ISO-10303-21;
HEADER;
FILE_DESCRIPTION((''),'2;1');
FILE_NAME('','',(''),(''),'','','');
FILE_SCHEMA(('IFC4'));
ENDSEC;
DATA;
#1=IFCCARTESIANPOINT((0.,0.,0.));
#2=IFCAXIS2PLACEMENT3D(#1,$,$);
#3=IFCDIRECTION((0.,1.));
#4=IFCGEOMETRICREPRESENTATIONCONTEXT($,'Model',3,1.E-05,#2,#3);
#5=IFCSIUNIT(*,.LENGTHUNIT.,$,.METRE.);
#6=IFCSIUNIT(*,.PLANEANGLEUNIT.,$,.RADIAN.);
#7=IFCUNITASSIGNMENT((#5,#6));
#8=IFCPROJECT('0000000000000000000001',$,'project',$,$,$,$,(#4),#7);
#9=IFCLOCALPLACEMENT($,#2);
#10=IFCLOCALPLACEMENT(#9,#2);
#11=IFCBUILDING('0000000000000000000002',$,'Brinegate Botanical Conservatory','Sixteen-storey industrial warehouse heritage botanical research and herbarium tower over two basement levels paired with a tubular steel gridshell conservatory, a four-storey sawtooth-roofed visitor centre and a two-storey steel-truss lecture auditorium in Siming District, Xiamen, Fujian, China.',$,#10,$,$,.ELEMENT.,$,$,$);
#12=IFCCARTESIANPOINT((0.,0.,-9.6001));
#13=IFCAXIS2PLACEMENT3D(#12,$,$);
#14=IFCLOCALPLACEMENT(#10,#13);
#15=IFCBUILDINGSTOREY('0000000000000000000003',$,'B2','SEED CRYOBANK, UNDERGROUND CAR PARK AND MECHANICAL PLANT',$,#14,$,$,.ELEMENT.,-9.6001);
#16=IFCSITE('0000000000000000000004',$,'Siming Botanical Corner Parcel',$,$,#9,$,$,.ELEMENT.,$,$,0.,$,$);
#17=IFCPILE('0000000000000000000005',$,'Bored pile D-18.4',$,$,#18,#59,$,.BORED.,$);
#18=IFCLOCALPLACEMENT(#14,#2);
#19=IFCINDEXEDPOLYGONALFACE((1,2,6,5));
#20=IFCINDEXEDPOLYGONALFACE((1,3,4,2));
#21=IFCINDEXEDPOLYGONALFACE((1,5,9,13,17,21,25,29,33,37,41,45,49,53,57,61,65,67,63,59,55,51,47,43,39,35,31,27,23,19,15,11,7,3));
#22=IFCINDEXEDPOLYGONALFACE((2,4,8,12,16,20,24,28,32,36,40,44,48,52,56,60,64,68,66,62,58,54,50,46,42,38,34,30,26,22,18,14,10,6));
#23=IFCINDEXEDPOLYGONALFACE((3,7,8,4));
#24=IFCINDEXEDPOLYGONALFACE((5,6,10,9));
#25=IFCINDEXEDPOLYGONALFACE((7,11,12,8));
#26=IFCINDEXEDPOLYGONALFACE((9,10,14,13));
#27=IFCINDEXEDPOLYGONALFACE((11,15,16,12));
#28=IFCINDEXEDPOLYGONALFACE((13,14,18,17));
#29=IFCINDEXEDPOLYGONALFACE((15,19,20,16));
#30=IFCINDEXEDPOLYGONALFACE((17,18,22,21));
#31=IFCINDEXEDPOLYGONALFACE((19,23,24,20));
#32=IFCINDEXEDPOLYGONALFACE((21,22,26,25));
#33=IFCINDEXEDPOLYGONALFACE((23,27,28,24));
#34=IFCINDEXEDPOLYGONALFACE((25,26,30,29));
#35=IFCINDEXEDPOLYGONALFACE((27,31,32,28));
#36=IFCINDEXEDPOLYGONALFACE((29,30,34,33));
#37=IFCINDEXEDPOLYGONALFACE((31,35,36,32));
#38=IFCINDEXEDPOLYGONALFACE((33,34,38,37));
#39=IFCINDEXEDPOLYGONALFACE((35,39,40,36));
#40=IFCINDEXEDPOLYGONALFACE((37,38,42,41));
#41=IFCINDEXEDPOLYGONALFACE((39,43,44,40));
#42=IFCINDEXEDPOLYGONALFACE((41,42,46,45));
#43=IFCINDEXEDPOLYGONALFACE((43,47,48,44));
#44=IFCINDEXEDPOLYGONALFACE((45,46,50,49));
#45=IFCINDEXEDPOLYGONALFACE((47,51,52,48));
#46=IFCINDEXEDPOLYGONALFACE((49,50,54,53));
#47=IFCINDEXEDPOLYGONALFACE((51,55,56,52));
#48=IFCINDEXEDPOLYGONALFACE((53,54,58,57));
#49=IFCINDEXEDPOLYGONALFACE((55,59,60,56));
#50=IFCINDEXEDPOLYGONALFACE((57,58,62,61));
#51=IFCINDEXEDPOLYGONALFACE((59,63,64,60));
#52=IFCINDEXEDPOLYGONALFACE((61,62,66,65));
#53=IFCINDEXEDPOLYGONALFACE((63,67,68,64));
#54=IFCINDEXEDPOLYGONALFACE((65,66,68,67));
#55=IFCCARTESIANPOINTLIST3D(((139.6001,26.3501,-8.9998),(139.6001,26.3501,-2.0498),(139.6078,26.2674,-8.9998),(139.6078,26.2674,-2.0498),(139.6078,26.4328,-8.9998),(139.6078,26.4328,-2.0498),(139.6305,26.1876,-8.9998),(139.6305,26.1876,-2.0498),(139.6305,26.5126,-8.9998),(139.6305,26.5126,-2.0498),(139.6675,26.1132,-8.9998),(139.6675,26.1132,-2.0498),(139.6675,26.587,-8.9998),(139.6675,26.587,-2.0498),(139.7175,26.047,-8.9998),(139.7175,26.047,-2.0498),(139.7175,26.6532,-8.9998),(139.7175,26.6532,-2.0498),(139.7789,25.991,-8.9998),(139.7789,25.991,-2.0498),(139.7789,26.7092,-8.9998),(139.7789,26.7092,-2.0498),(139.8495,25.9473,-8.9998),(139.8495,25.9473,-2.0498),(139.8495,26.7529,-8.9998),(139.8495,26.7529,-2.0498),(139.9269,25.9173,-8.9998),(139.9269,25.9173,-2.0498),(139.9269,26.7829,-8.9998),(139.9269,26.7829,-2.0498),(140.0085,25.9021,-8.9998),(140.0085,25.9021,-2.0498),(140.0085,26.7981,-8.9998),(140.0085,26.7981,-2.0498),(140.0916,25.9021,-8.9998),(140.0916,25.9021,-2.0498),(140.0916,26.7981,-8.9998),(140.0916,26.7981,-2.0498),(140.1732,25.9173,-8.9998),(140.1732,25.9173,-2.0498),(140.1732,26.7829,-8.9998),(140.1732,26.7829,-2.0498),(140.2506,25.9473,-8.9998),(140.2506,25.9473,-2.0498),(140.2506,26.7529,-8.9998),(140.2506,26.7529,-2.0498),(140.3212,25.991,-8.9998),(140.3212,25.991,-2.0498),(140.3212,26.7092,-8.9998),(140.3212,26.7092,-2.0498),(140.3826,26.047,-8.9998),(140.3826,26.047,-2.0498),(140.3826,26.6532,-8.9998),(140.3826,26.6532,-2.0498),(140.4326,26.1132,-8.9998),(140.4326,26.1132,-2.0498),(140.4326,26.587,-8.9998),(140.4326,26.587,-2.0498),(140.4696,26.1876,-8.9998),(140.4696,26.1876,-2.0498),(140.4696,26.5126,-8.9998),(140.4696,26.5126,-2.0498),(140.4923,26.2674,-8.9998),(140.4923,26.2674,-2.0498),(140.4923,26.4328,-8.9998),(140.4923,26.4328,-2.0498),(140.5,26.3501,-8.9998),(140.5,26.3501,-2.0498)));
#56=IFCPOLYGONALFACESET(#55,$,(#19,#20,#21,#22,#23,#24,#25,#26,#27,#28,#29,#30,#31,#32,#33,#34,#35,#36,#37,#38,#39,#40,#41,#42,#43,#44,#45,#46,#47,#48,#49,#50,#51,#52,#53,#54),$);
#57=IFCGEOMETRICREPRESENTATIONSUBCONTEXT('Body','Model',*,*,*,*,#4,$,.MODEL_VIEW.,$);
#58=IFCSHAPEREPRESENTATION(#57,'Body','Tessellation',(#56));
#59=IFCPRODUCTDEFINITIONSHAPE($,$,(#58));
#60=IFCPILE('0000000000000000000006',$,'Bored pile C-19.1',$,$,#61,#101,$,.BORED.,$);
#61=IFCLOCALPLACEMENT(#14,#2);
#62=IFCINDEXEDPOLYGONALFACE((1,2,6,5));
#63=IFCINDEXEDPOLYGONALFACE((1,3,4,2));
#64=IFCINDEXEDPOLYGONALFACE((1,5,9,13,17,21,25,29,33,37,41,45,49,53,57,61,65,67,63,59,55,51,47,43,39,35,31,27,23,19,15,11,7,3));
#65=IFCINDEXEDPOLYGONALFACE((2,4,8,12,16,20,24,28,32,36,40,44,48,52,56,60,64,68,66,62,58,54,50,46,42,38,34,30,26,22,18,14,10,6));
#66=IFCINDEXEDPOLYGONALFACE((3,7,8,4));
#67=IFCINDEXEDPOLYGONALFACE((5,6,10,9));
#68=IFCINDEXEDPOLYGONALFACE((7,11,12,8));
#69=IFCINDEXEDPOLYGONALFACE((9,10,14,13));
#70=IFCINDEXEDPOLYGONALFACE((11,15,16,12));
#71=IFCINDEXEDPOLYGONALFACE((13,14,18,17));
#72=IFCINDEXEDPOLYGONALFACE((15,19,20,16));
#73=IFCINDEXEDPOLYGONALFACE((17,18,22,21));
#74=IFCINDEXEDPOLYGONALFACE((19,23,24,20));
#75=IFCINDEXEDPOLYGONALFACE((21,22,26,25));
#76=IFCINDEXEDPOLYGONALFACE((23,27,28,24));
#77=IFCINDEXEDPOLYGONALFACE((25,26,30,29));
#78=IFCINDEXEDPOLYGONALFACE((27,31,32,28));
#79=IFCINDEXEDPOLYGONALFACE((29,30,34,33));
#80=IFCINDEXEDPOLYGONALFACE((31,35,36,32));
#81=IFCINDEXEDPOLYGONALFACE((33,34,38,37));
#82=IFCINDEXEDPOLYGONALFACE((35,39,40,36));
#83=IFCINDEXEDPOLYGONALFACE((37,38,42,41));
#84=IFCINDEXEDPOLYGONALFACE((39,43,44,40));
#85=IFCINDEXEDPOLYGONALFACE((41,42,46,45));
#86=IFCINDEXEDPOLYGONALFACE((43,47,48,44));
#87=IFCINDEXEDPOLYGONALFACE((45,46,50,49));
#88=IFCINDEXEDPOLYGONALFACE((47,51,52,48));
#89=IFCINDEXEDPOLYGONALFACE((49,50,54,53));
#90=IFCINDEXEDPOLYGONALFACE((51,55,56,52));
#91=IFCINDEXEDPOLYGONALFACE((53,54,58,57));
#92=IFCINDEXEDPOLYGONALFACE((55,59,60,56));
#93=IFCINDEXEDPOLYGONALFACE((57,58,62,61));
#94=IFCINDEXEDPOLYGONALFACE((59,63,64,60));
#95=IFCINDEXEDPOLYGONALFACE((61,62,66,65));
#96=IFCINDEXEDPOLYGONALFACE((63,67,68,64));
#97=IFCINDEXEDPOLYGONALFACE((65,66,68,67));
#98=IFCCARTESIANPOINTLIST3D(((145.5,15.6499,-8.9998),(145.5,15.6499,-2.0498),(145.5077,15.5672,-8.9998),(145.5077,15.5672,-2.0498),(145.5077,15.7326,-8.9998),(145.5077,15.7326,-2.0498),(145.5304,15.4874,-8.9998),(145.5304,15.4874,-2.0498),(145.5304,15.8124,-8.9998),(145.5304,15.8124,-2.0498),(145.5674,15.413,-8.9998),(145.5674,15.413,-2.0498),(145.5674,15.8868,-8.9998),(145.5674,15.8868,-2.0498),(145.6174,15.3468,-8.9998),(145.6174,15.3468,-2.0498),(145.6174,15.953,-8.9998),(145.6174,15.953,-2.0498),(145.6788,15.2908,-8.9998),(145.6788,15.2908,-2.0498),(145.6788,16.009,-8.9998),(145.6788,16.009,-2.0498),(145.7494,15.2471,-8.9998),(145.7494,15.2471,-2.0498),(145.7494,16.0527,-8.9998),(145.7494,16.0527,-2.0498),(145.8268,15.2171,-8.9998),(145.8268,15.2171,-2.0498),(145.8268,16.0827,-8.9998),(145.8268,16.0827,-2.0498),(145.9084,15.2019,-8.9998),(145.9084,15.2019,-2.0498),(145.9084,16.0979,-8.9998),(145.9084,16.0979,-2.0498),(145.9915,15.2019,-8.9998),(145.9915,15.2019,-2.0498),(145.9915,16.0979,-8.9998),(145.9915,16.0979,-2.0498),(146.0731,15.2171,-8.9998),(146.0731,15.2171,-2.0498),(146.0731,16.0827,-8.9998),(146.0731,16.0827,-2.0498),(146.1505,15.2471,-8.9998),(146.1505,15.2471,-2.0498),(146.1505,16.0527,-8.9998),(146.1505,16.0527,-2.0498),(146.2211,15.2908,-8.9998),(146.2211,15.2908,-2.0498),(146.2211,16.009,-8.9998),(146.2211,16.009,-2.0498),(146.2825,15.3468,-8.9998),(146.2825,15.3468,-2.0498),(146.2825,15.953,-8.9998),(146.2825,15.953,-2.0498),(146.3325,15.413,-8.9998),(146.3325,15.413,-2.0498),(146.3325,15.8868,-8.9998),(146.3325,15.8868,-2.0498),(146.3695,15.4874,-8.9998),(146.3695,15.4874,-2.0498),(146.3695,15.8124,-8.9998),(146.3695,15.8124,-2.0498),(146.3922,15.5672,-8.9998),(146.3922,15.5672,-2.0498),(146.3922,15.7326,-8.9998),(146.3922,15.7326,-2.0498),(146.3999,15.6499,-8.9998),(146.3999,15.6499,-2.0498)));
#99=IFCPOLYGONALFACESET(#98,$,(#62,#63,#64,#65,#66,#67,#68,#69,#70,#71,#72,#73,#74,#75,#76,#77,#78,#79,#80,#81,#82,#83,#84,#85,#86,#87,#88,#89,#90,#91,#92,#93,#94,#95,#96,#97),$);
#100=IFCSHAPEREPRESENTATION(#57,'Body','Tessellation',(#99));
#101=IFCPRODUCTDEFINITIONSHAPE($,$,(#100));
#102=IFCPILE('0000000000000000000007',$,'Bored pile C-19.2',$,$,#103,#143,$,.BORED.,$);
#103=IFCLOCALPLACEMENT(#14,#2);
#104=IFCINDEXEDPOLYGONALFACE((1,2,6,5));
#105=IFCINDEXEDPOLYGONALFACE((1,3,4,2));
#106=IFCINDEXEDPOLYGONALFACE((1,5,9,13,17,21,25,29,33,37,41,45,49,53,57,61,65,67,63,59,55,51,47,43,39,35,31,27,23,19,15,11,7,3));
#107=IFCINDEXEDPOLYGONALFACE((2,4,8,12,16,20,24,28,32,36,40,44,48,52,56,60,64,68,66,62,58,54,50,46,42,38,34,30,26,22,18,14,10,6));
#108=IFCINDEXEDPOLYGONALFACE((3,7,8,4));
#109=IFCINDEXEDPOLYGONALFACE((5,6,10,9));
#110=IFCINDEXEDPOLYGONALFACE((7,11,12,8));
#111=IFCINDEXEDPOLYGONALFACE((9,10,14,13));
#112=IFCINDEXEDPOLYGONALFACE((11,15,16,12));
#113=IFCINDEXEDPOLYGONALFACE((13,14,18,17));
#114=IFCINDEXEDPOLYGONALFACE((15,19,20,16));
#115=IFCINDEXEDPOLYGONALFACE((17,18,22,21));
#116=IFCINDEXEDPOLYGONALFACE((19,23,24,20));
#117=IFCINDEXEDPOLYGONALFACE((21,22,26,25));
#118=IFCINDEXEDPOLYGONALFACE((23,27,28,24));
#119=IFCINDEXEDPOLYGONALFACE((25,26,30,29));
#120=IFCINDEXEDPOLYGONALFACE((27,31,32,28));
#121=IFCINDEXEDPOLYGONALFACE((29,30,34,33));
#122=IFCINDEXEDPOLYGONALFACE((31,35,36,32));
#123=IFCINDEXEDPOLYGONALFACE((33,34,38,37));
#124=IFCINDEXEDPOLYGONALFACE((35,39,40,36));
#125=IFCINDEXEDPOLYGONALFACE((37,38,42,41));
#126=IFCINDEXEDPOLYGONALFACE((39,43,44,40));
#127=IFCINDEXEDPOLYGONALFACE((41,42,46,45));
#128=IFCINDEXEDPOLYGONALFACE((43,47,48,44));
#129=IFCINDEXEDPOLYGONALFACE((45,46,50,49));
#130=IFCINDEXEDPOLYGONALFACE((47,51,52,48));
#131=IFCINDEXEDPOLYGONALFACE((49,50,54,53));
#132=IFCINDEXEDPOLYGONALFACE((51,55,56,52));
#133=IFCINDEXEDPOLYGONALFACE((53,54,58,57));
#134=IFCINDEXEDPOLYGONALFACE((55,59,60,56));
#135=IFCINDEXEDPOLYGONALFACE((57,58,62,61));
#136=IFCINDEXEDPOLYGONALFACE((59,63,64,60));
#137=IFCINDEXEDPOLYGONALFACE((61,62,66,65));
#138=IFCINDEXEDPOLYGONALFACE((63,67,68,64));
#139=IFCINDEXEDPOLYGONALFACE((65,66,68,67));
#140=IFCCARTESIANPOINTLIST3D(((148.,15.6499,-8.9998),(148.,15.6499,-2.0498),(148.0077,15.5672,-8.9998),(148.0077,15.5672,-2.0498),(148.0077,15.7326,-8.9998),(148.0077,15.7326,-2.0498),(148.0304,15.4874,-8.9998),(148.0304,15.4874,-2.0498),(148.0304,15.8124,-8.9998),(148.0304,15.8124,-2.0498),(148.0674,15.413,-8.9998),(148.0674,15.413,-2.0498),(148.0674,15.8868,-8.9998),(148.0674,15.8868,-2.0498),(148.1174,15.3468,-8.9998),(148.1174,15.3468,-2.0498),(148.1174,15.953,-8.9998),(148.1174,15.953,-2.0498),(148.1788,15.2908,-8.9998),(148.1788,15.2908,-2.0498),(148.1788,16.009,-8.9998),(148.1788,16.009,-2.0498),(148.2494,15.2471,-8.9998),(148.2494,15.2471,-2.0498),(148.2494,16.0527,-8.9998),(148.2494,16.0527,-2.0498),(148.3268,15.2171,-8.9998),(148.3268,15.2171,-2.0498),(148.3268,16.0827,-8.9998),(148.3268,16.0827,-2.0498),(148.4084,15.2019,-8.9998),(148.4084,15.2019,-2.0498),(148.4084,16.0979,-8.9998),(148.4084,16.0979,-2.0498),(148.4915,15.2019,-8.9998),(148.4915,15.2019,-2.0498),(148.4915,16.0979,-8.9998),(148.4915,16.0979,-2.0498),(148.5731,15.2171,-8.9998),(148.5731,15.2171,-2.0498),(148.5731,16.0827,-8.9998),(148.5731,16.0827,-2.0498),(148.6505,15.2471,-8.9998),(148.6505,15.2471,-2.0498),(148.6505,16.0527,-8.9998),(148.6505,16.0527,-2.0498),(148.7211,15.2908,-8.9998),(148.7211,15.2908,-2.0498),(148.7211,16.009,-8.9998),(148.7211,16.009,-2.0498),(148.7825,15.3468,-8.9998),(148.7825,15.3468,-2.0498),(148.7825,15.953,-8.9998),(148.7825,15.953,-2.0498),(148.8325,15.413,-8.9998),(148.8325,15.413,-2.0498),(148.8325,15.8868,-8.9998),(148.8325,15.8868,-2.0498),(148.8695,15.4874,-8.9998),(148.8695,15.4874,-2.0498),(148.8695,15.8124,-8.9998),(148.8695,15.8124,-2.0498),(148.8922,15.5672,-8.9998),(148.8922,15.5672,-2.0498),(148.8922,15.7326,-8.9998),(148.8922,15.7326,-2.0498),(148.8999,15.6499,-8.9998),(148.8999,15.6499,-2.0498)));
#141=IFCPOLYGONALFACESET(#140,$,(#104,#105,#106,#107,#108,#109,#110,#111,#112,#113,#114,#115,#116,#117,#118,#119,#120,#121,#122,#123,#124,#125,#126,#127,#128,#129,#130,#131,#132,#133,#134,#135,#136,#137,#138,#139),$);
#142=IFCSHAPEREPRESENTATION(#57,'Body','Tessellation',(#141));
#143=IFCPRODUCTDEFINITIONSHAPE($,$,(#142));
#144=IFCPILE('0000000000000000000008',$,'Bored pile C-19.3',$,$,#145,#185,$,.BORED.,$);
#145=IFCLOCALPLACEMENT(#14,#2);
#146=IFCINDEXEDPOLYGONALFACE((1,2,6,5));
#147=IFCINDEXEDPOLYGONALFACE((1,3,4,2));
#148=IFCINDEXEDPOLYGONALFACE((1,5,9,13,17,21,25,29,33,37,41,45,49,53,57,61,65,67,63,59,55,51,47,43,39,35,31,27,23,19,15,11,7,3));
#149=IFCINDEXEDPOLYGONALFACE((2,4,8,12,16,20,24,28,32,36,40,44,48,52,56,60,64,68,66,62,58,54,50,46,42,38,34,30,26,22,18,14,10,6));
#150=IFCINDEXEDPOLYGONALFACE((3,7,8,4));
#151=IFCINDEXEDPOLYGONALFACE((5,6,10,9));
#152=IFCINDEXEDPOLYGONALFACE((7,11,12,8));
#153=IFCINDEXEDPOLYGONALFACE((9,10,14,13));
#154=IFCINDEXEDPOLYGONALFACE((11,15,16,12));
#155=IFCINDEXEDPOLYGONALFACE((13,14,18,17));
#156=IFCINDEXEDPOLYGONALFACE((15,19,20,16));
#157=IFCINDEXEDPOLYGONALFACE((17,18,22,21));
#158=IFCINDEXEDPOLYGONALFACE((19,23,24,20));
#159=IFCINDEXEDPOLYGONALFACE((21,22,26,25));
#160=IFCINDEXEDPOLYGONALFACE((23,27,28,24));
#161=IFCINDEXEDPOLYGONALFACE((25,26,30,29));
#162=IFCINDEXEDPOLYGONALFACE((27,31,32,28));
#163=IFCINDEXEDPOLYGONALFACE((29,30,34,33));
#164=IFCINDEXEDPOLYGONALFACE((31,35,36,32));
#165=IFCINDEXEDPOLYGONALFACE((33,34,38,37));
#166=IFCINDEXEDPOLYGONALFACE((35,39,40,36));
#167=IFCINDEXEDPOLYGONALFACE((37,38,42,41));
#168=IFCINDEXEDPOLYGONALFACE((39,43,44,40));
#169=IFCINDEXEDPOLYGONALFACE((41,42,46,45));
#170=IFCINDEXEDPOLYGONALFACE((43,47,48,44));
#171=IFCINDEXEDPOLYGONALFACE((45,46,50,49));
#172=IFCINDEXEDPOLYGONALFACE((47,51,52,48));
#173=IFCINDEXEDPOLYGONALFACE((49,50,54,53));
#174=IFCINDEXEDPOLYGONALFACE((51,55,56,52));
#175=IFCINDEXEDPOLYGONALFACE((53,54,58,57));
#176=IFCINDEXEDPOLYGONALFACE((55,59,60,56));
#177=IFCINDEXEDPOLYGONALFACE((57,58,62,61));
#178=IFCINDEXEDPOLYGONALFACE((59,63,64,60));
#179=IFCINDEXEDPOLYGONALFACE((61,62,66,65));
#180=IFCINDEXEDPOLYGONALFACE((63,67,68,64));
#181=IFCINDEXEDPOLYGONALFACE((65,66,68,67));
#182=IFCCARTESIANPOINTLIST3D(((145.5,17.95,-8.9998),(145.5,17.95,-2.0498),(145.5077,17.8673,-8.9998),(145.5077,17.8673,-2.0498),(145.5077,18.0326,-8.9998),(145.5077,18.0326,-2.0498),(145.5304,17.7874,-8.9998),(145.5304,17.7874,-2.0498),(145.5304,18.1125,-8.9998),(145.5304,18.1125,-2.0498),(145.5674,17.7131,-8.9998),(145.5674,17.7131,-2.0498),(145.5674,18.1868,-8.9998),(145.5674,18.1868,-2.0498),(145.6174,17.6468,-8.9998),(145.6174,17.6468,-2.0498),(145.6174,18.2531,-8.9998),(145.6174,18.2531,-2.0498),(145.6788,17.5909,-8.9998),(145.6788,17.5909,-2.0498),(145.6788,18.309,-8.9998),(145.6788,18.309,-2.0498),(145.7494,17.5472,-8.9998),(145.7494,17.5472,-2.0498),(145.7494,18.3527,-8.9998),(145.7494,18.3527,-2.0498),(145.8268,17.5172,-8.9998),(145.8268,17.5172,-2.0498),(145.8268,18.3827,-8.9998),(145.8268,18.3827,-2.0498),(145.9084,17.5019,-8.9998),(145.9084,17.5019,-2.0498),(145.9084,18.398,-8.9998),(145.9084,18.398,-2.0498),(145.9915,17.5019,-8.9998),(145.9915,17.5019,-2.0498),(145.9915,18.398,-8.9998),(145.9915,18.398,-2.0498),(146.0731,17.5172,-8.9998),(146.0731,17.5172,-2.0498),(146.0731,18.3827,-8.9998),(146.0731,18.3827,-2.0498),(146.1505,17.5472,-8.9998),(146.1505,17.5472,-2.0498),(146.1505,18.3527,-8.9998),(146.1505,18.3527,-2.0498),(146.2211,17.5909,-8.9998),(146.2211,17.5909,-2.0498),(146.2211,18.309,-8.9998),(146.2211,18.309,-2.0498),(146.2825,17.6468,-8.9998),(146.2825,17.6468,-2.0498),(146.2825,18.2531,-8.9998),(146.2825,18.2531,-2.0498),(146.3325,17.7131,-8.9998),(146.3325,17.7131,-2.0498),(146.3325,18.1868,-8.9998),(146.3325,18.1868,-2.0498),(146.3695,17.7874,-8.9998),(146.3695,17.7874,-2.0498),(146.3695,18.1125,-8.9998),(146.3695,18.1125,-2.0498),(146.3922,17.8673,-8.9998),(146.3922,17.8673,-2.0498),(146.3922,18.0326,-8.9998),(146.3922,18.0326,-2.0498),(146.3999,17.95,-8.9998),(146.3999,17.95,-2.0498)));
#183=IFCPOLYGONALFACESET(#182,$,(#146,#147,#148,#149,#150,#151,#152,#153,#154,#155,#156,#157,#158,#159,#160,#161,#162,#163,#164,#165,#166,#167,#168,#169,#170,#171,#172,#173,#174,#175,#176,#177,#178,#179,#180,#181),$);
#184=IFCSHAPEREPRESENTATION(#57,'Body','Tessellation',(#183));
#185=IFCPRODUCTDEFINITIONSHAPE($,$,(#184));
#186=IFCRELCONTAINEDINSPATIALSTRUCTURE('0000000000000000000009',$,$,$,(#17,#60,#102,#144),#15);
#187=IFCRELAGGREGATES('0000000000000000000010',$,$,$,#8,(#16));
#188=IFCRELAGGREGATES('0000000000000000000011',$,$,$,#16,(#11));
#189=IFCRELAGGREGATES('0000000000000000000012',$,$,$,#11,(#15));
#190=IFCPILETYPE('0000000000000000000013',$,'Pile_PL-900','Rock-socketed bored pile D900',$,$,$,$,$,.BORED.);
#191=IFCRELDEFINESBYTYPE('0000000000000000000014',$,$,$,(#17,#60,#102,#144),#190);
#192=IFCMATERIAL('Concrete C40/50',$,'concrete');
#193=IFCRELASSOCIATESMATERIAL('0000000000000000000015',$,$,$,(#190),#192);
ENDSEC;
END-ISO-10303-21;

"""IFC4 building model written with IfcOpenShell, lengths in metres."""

from ifc_helpers import new_model, si_unit, direction, frame, origin, origin_2d, place, context, subcontext, project, spatial, circle, extrude, material, material_profile, profile_set, type_object, element, save


model = new_model("IFC4")

# Units and contexts
model_context = context("Model", 3, precision=1e-05, world=origin(), true_north=direction((0.0, 1.0)))
body_context = subcontext(model_context, "Body", "Model", "MODEL_VIEW")
ifc_project = project(units=[si_unit("LENGTHUNIT", "METRE"), si_unit("PLANEANGLEUNIT", "RADIAN")], contexts=[model_context])

# Site, building, storey
site_placement = place(None, origin())
site = spatial("IfcSite", under=ifc_project, at=site_placement, Name="Siming Botanical Corner Parcel", CompositionType="ELEMENT", RefElevation=0.0)
building_placement = place(site_placement, origin())
building = spatial("IfcBuilding", under=site, at=building_placement, Name="Brinegate Botanical Conservatory", Description="Sixteen-storey industrial warehouse heritage botanical research and herbarium tower over two basement levels paired with a tubular steel gridshell conservatory, a four-storey sawtooth-roofed visitor centre and a two-storey steel-truss lecture auditorium in Siming District, Xiamen, Fujian, China.", CompositionType="ELEMENT")
storey_placement = place(building_placement, frame((0.0, 0.0, -9.6001)))
storey = spatial("IfcBuildingStorey", under=building, at=storey_placement, Name="B2", Description="SEED CRYOBANK, UNDERGROUND CAR PARK AND MECHANICAL PLANT", CompositionType="ELEMENT", Elevation=-9.6001)

# Shared definitions
ifc_material_1 = material(Name="Concrete C40/50", Category="concrete")

# Piles
ifc_material_profile_1 = material_profile(ifc_material_1, circle(Radius=0.45, at=origin_2d()), Name="PILE D900")
ifc_profile_set_1 = profile_set([ifc_material_profile_1], Name="Concrete C40/50")
pile_type = type_object("IfcPileType", Name="Pile_PL-900", Description="Rock-socketed bored pile D900", PredefinedType="BORED", material=ifc_profile_set_1)
for number, where, z_axis, x_axis, name in (
    (1, (140.05, 26.3501, -2.0498), (0.0, 0.0, -1.0), (1.0, 0.0, 0.0), "Bored pile D-18.4"),
    (2, (145.95, 15.6499, -2.0498), (0.0, 0.0, -1.0), (1.0, 0.0, 0.0), "Bored pile C-19.1"),
    (3, (148.45, 15.6499, -2.0498), (0.0, 0.0, -1.0), (1.0, 0.0, 0.0), "Bored pile C-19.2"),
    (4, (145.95, 17.95, -2.0498), (0.0, 0.0, -1.0), (1.0, 0.0, 0.0), "Bored pile C-19.3"),
):
    element("IfcPile", number, at=place(storey_placement, frame(where, z_axis=z_axis, x_axis=x_axis)), inside=storey, type_object=pile_type, Name=name, PredefinedType="BORED", context=body_context, shape_type="SweptSolid", body=[
        extrude(circle(Radius=0.45, at=origin_2d()), origin(), (0.0, 0.0, 1.0), 6.95),
    ])

save(model, "model.ifc")
